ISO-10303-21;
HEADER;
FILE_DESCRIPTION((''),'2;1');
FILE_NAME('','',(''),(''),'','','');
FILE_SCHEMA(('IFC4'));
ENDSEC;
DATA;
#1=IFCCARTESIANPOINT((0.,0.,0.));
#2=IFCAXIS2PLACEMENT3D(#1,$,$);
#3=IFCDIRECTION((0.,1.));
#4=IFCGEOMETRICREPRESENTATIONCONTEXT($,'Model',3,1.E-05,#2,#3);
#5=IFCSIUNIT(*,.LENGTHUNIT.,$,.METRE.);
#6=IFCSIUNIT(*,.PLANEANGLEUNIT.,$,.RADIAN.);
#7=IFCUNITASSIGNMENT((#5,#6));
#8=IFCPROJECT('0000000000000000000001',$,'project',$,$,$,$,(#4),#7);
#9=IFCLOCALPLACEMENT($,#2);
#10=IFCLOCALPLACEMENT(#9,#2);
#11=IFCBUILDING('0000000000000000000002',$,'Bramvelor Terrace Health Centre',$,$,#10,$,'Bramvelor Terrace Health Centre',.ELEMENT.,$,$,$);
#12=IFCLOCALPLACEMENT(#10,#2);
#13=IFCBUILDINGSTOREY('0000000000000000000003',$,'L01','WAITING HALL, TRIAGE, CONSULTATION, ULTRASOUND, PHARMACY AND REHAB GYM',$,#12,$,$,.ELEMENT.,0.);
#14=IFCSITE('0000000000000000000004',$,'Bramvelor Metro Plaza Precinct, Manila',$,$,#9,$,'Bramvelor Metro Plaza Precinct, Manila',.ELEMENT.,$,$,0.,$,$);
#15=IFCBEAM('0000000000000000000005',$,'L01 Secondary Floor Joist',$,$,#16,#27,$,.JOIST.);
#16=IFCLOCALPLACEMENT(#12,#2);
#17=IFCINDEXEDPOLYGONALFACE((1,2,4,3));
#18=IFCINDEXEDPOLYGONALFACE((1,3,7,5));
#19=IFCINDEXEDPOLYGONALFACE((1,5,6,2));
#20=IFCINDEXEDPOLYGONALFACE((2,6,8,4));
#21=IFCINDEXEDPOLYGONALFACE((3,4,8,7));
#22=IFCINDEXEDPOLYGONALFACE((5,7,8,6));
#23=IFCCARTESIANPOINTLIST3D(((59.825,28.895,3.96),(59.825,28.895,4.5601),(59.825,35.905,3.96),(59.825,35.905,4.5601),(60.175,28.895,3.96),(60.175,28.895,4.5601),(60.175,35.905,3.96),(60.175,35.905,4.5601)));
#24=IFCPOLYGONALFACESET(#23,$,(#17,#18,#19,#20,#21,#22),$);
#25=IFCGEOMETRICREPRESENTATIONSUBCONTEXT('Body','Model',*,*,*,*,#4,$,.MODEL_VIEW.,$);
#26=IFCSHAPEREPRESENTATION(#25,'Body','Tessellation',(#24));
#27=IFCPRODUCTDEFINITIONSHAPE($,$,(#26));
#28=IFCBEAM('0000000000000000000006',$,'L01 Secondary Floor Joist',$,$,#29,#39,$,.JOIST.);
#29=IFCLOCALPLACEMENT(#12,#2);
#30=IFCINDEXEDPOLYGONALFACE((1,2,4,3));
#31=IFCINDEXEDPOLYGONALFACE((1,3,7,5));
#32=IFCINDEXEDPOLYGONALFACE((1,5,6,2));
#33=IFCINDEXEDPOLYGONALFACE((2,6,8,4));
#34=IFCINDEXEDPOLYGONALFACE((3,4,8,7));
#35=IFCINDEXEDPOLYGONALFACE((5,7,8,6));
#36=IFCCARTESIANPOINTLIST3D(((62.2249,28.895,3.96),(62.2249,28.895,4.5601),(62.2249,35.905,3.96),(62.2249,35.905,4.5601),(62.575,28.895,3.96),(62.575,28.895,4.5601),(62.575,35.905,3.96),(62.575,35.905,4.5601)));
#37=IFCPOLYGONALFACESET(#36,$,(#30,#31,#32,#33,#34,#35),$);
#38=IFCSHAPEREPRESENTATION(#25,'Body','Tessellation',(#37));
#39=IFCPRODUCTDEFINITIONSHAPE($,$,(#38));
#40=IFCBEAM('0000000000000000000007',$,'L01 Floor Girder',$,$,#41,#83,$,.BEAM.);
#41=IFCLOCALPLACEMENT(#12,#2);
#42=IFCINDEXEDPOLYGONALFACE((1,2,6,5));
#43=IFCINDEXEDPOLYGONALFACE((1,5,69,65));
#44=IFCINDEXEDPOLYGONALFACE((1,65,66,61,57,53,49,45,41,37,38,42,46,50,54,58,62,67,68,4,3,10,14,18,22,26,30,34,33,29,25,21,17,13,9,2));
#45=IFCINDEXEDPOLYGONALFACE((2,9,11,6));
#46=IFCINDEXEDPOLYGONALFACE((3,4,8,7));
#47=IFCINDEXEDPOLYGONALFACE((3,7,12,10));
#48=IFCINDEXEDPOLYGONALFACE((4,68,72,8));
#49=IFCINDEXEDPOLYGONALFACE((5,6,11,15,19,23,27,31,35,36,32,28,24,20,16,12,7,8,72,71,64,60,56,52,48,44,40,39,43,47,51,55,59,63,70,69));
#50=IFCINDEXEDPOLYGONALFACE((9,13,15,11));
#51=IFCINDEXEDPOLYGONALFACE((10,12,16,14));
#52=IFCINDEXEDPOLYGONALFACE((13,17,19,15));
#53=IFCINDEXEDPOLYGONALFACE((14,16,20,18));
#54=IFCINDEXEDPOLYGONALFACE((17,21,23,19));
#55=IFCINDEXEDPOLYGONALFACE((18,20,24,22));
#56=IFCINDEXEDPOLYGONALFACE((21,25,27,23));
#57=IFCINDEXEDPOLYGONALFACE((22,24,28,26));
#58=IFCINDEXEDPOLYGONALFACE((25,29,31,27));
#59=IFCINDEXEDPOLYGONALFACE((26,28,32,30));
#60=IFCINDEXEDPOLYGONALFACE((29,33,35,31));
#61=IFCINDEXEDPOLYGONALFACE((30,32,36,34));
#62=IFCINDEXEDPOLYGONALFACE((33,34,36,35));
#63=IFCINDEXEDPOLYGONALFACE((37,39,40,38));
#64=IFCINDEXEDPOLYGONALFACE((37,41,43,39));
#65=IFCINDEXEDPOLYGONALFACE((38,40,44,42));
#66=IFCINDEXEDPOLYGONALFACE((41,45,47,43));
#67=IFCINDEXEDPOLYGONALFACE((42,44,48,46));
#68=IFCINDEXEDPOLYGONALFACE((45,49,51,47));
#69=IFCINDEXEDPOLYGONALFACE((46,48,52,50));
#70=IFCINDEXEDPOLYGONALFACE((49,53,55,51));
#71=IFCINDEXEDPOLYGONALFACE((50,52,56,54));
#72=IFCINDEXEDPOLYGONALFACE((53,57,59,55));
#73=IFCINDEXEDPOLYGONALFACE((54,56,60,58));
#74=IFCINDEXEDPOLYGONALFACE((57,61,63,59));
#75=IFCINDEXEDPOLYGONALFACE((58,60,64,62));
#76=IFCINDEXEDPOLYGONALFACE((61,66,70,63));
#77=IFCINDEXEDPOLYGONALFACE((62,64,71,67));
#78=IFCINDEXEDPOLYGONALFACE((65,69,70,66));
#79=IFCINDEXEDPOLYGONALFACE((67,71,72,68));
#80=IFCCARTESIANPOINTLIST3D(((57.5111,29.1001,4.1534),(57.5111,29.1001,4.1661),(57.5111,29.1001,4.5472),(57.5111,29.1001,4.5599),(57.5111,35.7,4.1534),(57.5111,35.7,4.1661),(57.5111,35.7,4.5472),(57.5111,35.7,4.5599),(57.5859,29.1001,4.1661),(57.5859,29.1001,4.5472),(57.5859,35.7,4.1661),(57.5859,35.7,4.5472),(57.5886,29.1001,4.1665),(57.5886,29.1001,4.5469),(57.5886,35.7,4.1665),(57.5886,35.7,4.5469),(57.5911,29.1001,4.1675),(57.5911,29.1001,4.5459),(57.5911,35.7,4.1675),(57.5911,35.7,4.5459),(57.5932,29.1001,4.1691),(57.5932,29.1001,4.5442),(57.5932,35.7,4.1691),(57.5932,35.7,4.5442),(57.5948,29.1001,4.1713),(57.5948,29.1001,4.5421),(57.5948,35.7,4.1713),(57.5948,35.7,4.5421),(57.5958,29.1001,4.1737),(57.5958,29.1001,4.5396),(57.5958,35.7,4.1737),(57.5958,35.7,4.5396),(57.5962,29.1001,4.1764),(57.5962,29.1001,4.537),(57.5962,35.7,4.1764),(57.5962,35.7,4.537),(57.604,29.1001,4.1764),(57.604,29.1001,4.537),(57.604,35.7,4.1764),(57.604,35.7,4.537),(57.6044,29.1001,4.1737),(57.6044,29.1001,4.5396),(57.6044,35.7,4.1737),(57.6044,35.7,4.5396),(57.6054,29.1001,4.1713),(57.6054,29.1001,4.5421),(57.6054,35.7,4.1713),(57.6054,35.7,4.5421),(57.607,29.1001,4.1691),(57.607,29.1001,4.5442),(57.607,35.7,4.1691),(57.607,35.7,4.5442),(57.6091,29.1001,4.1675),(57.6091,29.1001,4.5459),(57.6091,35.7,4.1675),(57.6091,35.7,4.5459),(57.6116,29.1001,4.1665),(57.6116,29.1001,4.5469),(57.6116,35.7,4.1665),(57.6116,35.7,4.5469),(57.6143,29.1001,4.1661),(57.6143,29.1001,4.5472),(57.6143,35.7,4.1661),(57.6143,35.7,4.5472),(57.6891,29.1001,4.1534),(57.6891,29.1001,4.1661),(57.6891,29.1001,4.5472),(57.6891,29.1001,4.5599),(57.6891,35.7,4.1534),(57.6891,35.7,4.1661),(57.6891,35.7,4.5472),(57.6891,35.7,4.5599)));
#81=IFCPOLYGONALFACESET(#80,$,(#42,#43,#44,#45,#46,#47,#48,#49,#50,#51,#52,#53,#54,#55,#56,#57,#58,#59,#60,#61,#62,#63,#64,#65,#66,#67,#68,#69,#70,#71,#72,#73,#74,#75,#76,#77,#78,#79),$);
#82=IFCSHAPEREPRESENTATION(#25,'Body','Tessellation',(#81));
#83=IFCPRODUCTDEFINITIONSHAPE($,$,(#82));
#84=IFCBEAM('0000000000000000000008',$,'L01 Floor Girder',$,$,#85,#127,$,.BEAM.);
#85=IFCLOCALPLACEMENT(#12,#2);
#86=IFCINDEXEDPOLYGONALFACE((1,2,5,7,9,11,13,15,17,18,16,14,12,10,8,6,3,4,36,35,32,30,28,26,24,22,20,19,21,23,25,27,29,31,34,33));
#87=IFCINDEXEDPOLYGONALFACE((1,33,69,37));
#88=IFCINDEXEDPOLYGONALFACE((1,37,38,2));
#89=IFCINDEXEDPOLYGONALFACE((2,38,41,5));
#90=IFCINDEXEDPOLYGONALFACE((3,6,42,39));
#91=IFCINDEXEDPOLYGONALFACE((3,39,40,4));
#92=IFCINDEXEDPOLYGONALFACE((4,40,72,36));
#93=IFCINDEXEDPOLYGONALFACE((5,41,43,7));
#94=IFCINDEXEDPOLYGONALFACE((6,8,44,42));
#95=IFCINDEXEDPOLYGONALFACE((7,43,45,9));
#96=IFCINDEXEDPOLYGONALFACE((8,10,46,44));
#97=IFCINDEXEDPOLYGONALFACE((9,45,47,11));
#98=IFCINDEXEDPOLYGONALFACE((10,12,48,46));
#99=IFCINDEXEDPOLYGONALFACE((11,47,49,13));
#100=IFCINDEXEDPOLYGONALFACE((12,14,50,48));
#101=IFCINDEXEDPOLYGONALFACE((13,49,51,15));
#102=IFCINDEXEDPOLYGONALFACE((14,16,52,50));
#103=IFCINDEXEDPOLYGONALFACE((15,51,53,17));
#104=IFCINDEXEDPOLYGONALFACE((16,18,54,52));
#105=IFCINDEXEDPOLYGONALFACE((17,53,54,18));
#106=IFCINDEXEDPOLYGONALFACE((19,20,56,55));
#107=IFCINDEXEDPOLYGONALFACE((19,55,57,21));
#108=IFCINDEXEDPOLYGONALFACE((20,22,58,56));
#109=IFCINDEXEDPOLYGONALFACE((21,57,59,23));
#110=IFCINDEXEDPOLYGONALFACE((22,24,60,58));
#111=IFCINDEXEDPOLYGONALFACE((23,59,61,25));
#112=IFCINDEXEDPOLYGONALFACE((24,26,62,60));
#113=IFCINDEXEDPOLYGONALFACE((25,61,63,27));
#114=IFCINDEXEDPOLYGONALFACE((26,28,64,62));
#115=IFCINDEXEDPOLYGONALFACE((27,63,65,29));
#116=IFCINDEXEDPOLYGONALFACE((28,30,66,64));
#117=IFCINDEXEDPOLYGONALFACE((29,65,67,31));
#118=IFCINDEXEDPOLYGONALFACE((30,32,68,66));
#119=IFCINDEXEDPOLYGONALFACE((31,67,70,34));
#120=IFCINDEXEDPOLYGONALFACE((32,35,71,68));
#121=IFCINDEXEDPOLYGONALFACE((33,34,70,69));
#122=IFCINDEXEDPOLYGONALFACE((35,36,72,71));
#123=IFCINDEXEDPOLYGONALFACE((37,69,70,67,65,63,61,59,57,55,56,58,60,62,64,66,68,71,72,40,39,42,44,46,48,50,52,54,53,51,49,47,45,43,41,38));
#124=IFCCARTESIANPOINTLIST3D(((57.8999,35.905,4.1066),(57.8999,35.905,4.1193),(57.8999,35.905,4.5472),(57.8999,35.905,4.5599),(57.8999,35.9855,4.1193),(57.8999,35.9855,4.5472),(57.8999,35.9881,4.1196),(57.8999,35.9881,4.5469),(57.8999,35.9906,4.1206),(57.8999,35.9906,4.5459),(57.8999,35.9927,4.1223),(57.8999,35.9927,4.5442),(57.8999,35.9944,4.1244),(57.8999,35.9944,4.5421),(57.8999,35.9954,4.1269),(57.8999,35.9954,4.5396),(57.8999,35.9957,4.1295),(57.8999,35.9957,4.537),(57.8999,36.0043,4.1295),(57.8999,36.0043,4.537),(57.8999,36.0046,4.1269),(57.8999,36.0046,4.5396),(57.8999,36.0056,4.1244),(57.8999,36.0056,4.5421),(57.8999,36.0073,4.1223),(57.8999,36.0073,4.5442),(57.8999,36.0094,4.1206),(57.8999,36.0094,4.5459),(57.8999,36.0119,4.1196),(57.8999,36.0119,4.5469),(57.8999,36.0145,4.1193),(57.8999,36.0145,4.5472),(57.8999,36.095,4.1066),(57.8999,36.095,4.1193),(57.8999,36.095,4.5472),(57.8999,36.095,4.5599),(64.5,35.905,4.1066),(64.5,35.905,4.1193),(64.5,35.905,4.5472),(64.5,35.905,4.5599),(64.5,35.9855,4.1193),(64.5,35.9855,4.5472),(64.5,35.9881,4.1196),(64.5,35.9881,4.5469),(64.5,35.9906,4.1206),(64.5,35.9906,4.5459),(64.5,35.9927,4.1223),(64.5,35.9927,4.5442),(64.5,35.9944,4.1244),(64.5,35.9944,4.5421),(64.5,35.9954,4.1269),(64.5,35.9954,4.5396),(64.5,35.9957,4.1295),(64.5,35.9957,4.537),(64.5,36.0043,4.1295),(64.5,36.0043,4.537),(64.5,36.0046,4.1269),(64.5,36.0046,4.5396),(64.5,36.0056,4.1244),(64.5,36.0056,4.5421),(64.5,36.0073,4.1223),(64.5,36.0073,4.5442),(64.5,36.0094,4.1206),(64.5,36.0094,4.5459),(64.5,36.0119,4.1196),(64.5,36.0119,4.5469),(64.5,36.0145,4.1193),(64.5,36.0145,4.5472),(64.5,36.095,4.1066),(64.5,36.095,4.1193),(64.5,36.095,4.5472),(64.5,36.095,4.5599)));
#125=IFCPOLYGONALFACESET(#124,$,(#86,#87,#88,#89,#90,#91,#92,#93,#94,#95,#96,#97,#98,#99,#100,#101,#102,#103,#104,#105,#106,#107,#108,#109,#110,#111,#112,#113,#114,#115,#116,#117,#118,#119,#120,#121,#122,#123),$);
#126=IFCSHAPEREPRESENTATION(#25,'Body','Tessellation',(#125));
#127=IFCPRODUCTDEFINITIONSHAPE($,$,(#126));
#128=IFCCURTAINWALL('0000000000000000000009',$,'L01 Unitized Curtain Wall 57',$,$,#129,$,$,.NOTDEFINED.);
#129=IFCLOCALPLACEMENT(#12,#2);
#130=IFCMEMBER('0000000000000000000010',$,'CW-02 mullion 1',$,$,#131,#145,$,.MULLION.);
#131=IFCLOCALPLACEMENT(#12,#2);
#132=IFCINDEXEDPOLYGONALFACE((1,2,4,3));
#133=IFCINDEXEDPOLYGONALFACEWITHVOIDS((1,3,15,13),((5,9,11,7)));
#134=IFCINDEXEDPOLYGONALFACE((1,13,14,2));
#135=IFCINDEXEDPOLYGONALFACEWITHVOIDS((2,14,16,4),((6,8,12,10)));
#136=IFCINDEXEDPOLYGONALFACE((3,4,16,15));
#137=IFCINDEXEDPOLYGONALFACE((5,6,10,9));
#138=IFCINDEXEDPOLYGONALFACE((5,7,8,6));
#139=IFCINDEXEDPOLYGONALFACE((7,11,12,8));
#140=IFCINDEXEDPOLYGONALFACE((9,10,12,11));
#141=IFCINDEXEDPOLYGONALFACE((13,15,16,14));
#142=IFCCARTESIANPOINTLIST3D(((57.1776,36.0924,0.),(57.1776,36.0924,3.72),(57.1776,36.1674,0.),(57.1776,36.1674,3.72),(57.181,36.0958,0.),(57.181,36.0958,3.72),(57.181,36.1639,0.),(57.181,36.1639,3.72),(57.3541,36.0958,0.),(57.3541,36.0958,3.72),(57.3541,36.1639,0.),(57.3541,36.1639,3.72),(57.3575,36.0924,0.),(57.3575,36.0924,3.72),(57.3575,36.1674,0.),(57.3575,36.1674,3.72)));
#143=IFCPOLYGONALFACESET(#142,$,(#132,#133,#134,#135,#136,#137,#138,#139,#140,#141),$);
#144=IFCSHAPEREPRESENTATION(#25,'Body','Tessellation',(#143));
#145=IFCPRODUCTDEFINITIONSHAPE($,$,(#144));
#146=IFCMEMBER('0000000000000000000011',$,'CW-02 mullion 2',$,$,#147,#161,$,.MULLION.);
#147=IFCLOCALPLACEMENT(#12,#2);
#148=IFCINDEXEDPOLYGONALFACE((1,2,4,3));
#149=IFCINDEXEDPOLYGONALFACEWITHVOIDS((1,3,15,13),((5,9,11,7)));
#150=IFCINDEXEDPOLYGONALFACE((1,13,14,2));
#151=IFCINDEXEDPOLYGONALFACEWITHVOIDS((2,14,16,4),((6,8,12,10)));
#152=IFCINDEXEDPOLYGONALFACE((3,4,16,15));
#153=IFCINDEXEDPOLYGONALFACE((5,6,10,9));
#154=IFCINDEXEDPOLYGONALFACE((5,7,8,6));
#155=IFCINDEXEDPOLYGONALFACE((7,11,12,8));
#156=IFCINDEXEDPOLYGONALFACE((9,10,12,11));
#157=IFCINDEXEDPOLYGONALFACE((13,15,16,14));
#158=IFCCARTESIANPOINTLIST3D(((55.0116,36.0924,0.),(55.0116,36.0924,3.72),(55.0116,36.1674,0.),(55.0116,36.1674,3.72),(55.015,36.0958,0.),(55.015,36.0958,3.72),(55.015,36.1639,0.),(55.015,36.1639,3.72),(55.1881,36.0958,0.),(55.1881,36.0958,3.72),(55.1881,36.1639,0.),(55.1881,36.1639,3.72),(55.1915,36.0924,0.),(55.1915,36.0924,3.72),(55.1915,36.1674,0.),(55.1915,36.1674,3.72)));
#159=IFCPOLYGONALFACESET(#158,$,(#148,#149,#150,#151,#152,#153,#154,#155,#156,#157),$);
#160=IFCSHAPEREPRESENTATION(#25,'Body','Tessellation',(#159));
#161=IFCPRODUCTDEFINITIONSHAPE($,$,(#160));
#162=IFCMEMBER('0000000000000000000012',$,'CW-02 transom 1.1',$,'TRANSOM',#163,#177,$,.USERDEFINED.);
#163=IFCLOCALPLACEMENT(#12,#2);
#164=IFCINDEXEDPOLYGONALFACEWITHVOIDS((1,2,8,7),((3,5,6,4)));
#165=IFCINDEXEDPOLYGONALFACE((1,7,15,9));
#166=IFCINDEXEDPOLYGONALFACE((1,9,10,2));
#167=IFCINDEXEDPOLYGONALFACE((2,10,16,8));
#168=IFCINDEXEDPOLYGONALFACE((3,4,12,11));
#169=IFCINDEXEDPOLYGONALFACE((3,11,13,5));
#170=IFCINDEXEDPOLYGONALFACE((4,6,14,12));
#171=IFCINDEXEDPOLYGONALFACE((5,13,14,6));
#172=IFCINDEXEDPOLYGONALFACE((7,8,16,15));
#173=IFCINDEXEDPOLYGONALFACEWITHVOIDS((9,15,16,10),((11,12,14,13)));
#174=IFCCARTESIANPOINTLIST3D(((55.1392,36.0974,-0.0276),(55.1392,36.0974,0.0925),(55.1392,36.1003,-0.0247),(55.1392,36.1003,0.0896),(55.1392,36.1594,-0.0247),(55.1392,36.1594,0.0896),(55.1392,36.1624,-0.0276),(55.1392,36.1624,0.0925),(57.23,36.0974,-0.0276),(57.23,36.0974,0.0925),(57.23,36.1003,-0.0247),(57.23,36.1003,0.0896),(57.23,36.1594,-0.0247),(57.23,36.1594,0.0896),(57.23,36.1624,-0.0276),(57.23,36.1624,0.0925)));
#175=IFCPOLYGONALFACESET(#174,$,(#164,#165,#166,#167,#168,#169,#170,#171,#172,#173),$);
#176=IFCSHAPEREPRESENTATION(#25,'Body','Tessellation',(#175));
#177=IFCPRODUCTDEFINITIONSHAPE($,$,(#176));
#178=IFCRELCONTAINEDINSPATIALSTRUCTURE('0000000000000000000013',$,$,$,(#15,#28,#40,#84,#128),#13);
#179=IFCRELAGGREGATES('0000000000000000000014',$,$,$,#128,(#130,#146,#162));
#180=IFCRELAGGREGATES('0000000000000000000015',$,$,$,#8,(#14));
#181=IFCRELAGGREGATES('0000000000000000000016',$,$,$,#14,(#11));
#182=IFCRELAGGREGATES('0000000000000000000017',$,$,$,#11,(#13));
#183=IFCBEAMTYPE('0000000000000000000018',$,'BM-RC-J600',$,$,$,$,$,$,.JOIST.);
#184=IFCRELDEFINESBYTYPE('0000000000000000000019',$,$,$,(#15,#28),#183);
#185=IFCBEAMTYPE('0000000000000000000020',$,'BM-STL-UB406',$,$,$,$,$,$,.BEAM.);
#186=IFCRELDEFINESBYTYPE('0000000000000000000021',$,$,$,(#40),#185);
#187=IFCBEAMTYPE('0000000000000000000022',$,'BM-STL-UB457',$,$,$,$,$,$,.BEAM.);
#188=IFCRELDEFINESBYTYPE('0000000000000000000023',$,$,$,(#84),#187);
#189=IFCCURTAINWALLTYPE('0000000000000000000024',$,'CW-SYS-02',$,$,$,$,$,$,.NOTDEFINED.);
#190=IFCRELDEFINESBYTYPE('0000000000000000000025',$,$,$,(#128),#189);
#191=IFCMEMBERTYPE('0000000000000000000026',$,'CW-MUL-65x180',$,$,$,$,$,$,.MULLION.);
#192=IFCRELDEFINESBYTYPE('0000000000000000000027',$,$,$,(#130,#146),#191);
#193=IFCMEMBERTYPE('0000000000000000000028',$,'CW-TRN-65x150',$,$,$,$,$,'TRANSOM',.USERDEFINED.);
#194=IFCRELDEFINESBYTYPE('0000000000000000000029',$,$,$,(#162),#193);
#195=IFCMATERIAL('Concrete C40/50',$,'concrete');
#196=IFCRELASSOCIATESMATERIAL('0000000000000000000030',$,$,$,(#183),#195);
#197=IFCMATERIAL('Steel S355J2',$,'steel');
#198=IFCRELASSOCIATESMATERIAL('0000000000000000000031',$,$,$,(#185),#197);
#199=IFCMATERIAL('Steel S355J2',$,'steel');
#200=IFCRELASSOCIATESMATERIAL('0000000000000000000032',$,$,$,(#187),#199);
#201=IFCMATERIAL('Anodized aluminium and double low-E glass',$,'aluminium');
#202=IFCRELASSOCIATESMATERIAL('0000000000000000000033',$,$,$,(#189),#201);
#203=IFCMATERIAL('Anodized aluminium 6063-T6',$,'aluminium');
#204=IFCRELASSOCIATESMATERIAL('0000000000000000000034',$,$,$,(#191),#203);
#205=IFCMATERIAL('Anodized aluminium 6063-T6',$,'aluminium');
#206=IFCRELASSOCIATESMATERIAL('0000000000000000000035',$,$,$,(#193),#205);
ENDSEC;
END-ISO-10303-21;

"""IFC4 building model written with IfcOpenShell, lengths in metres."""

from ifc_helpers import new_model, si_unit, direction, frame, origin, origin_2d, place, context, subcontext, project, spatial, rectangle, hollow_rectangle, i_section, extrude, material, material_profile, profile_set, type_object, element, aggregate, save


model = new_model("IFC4")

# Units and contexts
model_context = context("Model", 3, precision=1e-05, world=origin(), true_north=direction((0.0, 1.0)))
body_context = subcontext(model_context, "Body", "Model", "MODEL_VIEW")
ifc_project = project(units=[si_unit("LENGTHUNIT", "METRE"), si_unit("PLANEANGLEUNIT", "RADIAN")], contexts=[model_context])

# Site, building, storey
site_placement = place(None, origin())
site = spatial("IfcSite", under=ifc_project, at=site_placement, Name="Bramvelor Metro Plaza Precinct, Manila", LongName="Bramvelor Metro Plaza Precinct, Manila", CompositionType="ELEMENT", RefElevation=0.0)
building_placement = place(site_placement, origin())
building = spatial("IfcBuilding", under=site, at=building_placement, Name="Bramvelor Terrace Health Centre", LongName="Bramvelor Terrace Health Centre", CompositionType="ELEMENT")
storey_placement = place(building_placement, origin())
storey = spatial("IfcBuildingStorey", under=building, at=storey_placement, Name="L01", Description="WAITING HALL, TRIAGE, CONSULTATION, ULTRASOUND, PHARMACY AND REHAB GYM", CompositionType="ELEMENT", Elevation=0.0)

# Beams
ifc_material_1 = material(Name="Concrete C40/50", Category="concrete")
ifc_material_profile_1 = material_profile(ifc_material_1, rectangle(XDim=0.3501, YDim=0.6001, at=origin_2d()), Name="RC 350x600")
ifc_profile_set_1 = profile_set([ifc_material_profile_1], Name="Concrete C40/50")
beam_type_1 = type_object("IfcBeamType", Name="BM-RC-J600", PredefinedType="JOIST", material=ifc_profile_set_1)
for number, where, z_axis, x_axis, name in (
    (1, (60.0, 28.895, 4.26), (0.0, 1.0, 0.0), (-1.0, 0.0, 0.0), "L01 Secondary Floor Joist"),
    (2, (62.3999, 28.895, 4.26), (0.0, 1.0, 0.0), (-1.0, 0.0, 0.0), "L01 Secondary Floor Joist"),
):
    element("IfcBeam", number, at=place(storey_placement, frame(where, z_axis=z_axis, x_axis=x_axis)), inside=storey, type_object=beam_type_1, Name=name, PredefinedType="JOIST", context=body_context, shape_type="SweptSolid", body=[
        extrude(rectangle(XDim=0.3501, YDim=0.6001, at=origin_2d()), origin(), (0.0, 0.0, 1.0), 7.01),
    ])
ifc_material_2 = material(Name="Steel S355J2", Category="steel")
ifc_material_profile_2 = material_profile(ifc_material_2, i_section(OverallWidth=0.178, OverallDepth=0.4065, WebThickness=0.0078, FlangeThickness=0.0127, FilletRadius=0.0103, at=origin_2d()), Name="UB 406x178x60")
ifc_profile_set_2 = profile_set([ifc_material_profile_2], Name="Steel S355J2")
beam_type_2 = type_object("IfcBeamType", Name="BM-STL-UB406", PredefinedType="BEAM", material=ifc_profile_set_2)
beam_1_placement = place(storey_placement, frame((57.6001, 29.1001, 4.3567), z_axis=(0.0, 1.0, 0.0), x_axis=(-1.0, 0.0, 0.0)))
element("IfcBeam", 3, at=beam_1_placement, inside=storey, type_object=beam_type_2, Name="L01 Floor Girder", PredefinedType="BEAM", context=body_context, shape_type="SweptSolid", body=[
    extrude(i_section(OverallWidth=0.178, OverallDepth=0.4065, WebThickness=0.0078, FlangeThickness=0.0127, FilletRadius=0.0103, at=origin_2d()), origin(), (0.0, 0.0, 1.0), 6.5999),
])
ifc_material_3 = material(Name="Steel S355J2", Category="steel")
ifc_material_profile_3 = material_profile(ifc_material_3, i_section(OverallWidth=0.1899, OverallDepth=0.4534, WebThickness=0.0085, FlangeThickness=0.0127, FilletRadius=0.0103, at=origin_2d()), Name="UB 457x191x67")
ifc_profile_set_3 = profile_set([ifc_material_profile_3], Name="Steel S355J2")
beam_type_3 = type_object("IfcBeamType", Name="BM-STL-UB457", PredefinedType="BEAM", material=ifc_profile_set_3)
beam_2_placement = place(storey_placement, frame((57.8999, 36.0, 4.3333), z_axis=(1.0, 0.0, 0.0), x_axis=(0.0, 1.0, 0.0)))
element("IfcBeam", 4, at=beam_2_placement, inside=storey, type_object=beam_type_3, Name="L01 Floor Girder", PredefinedType="BEAM", context=body_context, shape_type="SweptSolid", body=[
    extrude(i_section(OverallWidth=0.1899, OverallDepth=0.4534, WebThickness=0.0085, FlangeThickness=0.0127, FilletRadius=0.0103, at=origin_2d()), origin(), (0.0, 0.0, 1.0), 6.6001),
])

# Curtain wall, members
ifc_material_4 = material(Name="Anodized aluminium and double low-E glass", Category="aluminium")
curtain_wall_type = type_object("IfcCurtainWallType", Name="CW-SYS-02", PredefinedType="NOTDEFINED", material=ifc_material_4)
curtain_wall_placement = place(storey_placement, origin())
curtain_wall = element("IfcCurtainWall", 5, at=curtain_wall_placement, inside=storey, type_object=curtain_wall_type, Name="L01 Unitized Curtain Wall 57", PredefinedType="NOTDEFINED")
ifc_material_5 = material(Name="Anodized aluminium 6063-T6", Category="aluminium")
ifc_material_profile_4 = material_profile(ifc_material_5, hollow_rectangle(XDim=0.075, YDim=0.1799, WallThickness=0.0034, at=origin_2d()), Name="ALU-MUL 75x180x3.5")
ifc_profile_set_4 = profile_set([ifc_material_profile_4], Name="Anodized aluminium 6063-T6")
member_type_1 = type_object("IfcMemberType", Name="CW-MUL-65x180", PredefinedType="MULLION", material=ifc_profile_set_4)
member_1_placement = place(storey_placement, frame((57.2676, 36.1299, 0.0), z_axis=(0.0, 0.0, 1.0), x_axis=(0.0, -1.0, 0.0)))
member_1 = element("IfcMember", 6, at=member_1_placement, type_object=member_type_1, Name="CW-02 mullion 1", PredefinedType="MULLION", context=body_context, shape_type="SweptSolid", body=[
    extrude(hollow_rectangle(XDim=0.075, YDim=0.1799, WallThickness=0.0034, at=origin_2d()), origin(), (0.0, 0.0, 1.0), 3.72),
])
member_2_placement = place(storey_placement, frame((55.1016, 36.1299, 0.0), z_axis=(0.0, 0.0, 1.0), x_axis=(0.0, -1.0, 0.0)))
member_2 = element("IfcMember", 7, at=member_2_placement, type_object=member_type_1, Name="CW-02 mullion 2", PredefinedType="MULLION", context=body_context, shape_type="SweptSolid", body=[
    extrude(hollow_rectangle(XDim=0.075, YDim=0.1799, WallThickness=0.0034, at=origin_2d()), origin(), (0.0, 0.0, 1.0), 3.72),
])
ifc_material_6 = material(Name="Anodized aluminium 6063-T6", Category="aluminium")
ifc_material_profile_5 = material_profile(ifc_material_6, hollow_rectangle(XDim=0.0649, YDim=0.1201, WallThickness=0.0029, at=origin_2d()), Name="ALU-TRN 65x120x3.0")
ifc_profile_set_5 = profile_set([ifc_material_profile_5], Name="Anodized aluminium 6063-T6")
member_type_2 = type_object("IfcMemberType", Name="CW-TRN-65x150", ElementType="TRANSOM", PredefinedType="USERDEFINED", material=ifc_profile_set_5)
member_3_placement = place(storey_placement, frame((57.23, 36.1299, 0.0325), z_axis=(-1.0, 0.0, 0.0), x_axis=(0.0, -1.0, 0.0)))
member_3 = element("IfcMember", 8, at=member_3_placement, type_object=member_type_2, Name="CW-02 transom 1.1", ObjectType="TRANSOM", PredefinedType="USERDEFINED", context=body_context, shape_type="SweptSolid", body=[
    extrude(hollow_rectangle(XDim=0.0649, YDim=0.1201, WallThickness=0.0029, at=origin_2d()), origin(), (0.0, 0.0, 1.0), 2.0908),
])
aggregate(curtain_wall, [member_1, member_2, member_3])

save(model, "model.ifc")
